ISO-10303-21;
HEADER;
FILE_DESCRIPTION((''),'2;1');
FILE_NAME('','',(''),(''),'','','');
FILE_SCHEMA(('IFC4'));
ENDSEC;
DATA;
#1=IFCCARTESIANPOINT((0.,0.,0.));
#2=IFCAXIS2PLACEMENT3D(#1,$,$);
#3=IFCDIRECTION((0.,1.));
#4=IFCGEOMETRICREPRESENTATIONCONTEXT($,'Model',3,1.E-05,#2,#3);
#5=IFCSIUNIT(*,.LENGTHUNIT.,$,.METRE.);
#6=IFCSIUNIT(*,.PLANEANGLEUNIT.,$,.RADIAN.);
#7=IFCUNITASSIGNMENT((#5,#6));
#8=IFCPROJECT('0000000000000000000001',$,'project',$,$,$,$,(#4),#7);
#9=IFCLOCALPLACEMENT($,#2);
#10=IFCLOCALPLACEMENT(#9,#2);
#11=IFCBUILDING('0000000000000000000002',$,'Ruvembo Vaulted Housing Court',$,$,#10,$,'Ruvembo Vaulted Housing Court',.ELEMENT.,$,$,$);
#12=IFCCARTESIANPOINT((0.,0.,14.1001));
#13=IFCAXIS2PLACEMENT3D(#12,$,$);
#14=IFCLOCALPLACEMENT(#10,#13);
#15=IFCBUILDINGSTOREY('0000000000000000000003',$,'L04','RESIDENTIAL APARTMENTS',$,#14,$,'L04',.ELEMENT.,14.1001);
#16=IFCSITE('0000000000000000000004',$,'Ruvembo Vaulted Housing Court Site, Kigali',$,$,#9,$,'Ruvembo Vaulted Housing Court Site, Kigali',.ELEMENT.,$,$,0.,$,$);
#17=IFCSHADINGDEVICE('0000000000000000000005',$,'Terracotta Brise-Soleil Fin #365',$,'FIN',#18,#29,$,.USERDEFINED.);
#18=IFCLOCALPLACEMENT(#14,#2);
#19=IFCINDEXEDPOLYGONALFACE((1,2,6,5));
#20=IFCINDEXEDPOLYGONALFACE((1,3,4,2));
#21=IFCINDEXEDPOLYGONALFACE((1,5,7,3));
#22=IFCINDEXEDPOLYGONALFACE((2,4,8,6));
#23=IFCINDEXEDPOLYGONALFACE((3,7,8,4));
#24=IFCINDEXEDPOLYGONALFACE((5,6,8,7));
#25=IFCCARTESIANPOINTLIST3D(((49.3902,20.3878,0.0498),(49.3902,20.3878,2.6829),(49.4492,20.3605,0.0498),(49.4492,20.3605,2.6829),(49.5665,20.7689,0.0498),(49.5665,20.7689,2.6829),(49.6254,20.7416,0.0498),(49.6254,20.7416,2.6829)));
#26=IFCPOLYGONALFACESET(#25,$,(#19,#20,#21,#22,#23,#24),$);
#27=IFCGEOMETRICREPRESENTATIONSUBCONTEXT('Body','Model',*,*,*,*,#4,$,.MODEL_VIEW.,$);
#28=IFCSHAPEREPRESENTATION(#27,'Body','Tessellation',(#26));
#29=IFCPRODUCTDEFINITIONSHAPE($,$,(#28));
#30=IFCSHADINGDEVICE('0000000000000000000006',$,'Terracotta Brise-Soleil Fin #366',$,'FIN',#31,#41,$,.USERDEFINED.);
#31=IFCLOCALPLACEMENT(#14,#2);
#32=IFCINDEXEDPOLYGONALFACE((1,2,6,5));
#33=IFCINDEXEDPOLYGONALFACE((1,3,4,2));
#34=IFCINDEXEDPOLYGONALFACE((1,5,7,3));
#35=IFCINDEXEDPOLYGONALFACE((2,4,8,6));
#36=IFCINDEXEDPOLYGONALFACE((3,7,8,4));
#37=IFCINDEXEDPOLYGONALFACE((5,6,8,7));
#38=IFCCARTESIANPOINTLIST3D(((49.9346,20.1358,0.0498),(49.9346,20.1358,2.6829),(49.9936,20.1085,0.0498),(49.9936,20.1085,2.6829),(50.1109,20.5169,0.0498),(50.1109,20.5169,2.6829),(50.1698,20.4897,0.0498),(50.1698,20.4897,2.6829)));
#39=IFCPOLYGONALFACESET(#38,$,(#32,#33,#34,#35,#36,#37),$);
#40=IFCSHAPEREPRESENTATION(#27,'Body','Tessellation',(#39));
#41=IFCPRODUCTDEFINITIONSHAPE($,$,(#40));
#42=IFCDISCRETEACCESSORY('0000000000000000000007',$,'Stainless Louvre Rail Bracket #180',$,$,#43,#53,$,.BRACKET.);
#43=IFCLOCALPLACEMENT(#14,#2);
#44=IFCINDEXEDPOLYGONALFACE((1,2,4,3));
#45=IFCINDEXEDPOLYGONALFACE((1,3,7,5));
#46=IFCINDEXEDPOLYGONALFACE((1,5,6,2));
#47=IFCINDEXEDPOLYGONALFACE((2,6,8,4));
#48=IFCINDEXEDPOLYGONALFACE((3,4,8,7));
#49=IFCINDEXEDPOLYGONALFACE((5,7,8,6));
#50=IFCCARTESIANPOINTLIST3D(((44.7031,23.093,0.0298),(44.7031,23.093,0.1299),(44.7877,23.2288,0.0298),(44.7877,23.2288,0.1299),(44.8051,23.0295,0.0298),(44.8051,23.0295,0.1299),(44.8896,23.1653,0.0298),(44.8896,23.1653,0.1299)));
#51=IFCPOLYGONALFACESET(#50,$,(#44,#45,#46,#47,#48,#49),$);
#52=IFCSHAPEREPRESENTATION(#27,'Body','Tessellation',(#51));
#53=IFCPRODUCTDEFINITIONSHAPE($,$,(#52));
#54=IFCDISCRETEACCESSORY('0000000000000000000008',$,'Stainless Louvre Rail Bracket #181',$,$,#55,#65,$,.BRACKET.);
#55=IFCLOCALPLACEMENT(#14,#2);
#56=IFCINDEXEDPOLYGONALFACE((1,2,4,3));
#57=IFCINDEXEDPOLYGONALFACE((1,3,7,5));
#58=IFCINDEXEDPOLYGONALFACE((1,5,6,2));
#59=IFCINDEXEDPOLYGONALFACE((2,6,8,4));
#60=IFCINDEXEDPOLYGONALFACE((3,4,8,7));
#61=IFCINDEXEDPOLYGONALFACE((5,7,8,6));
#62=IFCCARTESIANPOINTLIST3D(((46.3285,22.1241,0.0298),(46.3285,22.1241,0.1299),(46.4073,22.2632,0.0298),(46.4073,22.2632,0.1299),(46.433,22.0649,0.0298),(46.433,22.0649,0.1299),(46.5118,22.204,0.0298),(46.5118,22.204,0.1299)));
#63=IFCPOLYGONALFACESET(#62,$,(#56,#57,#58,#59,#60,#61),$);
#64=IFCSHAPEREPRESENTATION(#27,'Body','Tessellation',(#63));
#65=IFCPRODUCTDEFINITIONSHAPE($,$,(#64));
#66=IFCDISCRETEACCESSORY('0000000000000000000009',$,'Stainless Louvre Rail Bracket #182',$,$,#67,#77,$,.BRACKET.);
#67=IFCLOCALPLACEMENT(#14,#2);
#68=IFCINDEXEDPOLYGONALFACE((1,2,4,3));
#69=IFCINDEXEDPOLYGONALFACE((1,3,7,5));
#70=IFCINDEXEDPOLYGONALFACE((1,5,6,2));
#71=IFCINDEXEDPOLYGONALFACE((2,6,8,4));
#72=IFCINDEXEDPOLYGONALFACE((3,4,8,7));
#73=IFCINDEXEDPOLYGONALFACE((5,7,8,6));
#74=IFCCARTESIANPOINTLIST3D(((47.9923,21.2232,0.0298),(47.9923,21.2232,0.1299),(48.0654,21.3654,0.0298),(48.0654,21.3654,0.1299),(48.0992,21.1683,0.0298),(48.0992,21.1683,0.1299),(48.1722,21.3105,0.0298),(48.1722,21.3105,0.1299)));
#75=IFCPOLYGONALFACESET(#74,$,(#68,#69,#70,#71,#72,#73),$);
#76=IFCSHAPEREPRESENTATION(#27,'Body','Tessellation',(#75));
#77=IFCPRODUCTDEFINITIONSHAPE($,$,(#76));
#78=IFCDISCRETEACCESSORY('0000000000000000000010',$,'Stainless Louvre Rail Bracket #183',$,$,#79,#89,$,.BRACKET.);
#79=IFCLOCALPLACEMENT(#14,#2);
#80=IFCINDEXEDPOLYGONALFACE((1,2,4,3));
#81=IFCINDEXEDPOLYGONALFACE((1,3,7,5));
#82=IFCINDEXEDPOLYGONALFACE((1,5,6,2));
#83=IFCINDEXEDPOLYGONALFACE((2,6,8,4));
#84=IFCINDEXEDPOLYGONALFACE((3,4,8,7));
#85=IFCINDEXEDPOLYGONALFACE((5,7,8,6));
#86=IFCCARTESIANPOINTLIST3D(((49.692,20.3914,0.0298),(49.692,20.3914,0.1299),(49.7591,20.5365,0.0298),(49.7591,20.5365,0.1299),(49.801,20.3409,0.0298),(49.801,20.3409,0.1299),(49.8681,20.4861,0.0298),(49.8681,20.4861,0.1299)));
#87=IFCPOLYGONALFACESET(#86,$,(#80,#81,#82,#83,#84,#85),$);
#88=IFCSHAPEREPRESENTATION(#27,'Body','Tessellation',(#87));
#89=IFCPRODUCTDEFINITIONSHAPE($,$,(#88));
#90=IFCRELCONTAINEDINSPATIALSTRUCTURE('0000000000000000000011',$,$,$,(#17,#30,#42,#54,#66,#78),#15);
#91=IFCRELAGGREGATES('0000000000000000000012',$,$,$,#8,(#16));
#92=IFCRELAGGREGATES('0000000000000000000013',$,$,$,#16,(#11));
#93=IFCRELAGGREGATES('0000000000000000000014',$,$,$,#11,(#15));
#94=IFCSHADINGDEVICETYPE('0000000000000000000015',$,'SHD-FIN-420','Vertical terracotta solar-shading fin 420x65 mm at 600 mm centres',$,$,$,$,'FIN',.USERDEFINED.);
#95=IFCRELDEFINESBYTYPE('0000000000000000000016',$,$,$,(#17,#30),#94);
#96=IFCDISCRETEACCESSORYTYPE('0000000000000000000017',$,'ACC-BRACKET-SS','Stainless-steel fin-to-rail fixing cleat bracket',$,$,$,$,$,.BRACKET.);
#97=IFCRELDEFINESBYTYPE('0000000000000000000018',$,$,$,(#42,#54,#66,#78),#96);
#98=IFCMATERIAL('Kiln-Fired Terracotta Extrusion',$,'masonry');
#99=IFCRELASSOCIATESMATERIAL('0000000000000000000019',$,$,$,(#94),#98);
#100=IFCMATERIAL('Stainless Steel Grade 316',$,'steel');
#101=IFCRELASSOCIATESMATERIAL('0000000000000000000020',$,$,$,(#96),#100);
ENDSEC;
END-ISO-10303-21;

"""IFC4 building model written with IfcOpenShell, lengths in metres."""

from ifc_helpers import new_model, si_unit, direction, frame, origin, origin_2d, place, context, subcontext, project, spatial, rectangle, extrude, material, type_object, element, save


model = new_model("IFC4")

# Units and contexts
model_context = context("Model", 3, precision=1e-05, world=origin(), true_north=direction((0.0, 1.0)))
body_context = subcontext(model_context, "Body", "Model", "MODEL_VIEW")
ifc_project = project(units=[si_unit("LENGTHUNIT", "METRE"), si_unit("PLANEANGLEUNIT", "RADIAN")], contexts=[model_context])

# Site, building, storey
site_placement = place(None, origin())
site = spatial("IfcSite", under=ifc_project, at=site_placement, Name="Ruvembo Vaulted Housing Court Site, Kigali", LongName="Ruvembo Vaulted Housing Court Site, Kigali", CompositionType="ELEMENT", RefElevation=0.0)
building_placement = place(site_placement, origin())
building = spatial("IfcBuilding", under=site, at=building_placement, Name="Ruvembo Vaulted Housing Court", LongName="Ruvembo Vaulted Housing Court", CompositionType="ELEMENT")
storey_placement = place(building_placement, frame((0.0, 0.0, 14.1001)))
storey = spatial("IfcBuildingStorey", under=building, at=storey_placement, Name="L04", Description="RESIDENTIAL APARTMENTS", LongName="L04", CompositionType="ELEMENT", Elevation=14.1001)

# Shading devices
ifc_material_1 = material(Name="Kiln-Fired Terracotta Extrusion", Category="masonry")
shading_device_type = type_object("IfcShadingDeviceType", Name="SHD-FIN-420", Description="Vertical terracotta solar-shading fin 420x65 mm at 600 mm centres", ElementType="FIN", PredefinedType="USERDEFINED", material=ifc_material_1)
for number, where, z_axis, x_axis, name in (
    (1, (49.5078, 20.5647, 0.0498), (0.0, 0.0, 1.0), (-0.419737, -0.907646, 0.0), "Terracotta Brise-Soleil Fin #365"),
    (2, (50.0522, 20.3127, 0.0498), (0.0, 0.0, 1.0), (-0.419737, -0.907646, 0.0), "Terracotta Brise-Soleil Fin #366"),
):
    element("IfcShadingDevice", number, at=place(storey_placement, frame(where, z_axis=z_axis, x_axis=x_axis)), inside=storey, type_object=shading_device_type, Name=name, ObjectType="FIN", PredefinedType="USERDEFINED", context=body_context, shape_type="SweptSolid", body=[
        extrude(rectangle(XDim=0.4199, YDim=0.0649, at=origin_2d()), origin(), (0.0, 0.0, 1.0), 2.6331),
    ])

# Discrete accessories
ifc_material_2 = material(Name="Stainless Steel Grade 316", Category="steel")
discrete_accessory_type = type_object("IfcDiscreteAccessoryType", Name="ACC-BRACKET-SS", Description="Stainless-steel fin-to-rail fixing cleat bracket", PredefinedType="BRACKET", material=ifc_material_2)
for number, where, z_axis, x_axis, name in (
    (3, (44.7964, 23.1292, 0.0298), (0.0, 0.0, 1.0), (-0.528557, -0.848898, 0.0), "Stainless Louvre Rail Bracket #180"),
    (4, (46.4202, 22.1641, 0.0298), (0.0, 0.0, 1.0), (-0.493107, -0.869969, 0.0), "Stainless Louvre Rail Bracket #181"),
    (5, (48.0823, 21.2668, 0.0298), (0.0, 0.0, 1.0), (-0.45685, -0.889544, 0.0), "Stainless Louvre Rail Bracket #182"),
    (6, (49.78, 20.4387, 0.0298), (0.0, 0.0, 1.0), (-0.419737, -0.907646, 0.0), "Stainless Louvre Rail Bracket #183"),
):
    element("IfcDiscreteAccessory", number, at=place(storey_placement, frame(where, z_axis=z_axis, x_axis=x_axis)), inside=storey, type_object=discrete_accessory_type, Name=name, PredefinedType="BRACKET", context=body_context, shape_type="SweptSolid", body=[
        extrude(rectangle(XDim=0.1599, YDim=0.1201, at=origin_2d()), origin(), (0.0, 0.0, 1.0), 0.1001),
    ])

save(model, "model.ifc")
